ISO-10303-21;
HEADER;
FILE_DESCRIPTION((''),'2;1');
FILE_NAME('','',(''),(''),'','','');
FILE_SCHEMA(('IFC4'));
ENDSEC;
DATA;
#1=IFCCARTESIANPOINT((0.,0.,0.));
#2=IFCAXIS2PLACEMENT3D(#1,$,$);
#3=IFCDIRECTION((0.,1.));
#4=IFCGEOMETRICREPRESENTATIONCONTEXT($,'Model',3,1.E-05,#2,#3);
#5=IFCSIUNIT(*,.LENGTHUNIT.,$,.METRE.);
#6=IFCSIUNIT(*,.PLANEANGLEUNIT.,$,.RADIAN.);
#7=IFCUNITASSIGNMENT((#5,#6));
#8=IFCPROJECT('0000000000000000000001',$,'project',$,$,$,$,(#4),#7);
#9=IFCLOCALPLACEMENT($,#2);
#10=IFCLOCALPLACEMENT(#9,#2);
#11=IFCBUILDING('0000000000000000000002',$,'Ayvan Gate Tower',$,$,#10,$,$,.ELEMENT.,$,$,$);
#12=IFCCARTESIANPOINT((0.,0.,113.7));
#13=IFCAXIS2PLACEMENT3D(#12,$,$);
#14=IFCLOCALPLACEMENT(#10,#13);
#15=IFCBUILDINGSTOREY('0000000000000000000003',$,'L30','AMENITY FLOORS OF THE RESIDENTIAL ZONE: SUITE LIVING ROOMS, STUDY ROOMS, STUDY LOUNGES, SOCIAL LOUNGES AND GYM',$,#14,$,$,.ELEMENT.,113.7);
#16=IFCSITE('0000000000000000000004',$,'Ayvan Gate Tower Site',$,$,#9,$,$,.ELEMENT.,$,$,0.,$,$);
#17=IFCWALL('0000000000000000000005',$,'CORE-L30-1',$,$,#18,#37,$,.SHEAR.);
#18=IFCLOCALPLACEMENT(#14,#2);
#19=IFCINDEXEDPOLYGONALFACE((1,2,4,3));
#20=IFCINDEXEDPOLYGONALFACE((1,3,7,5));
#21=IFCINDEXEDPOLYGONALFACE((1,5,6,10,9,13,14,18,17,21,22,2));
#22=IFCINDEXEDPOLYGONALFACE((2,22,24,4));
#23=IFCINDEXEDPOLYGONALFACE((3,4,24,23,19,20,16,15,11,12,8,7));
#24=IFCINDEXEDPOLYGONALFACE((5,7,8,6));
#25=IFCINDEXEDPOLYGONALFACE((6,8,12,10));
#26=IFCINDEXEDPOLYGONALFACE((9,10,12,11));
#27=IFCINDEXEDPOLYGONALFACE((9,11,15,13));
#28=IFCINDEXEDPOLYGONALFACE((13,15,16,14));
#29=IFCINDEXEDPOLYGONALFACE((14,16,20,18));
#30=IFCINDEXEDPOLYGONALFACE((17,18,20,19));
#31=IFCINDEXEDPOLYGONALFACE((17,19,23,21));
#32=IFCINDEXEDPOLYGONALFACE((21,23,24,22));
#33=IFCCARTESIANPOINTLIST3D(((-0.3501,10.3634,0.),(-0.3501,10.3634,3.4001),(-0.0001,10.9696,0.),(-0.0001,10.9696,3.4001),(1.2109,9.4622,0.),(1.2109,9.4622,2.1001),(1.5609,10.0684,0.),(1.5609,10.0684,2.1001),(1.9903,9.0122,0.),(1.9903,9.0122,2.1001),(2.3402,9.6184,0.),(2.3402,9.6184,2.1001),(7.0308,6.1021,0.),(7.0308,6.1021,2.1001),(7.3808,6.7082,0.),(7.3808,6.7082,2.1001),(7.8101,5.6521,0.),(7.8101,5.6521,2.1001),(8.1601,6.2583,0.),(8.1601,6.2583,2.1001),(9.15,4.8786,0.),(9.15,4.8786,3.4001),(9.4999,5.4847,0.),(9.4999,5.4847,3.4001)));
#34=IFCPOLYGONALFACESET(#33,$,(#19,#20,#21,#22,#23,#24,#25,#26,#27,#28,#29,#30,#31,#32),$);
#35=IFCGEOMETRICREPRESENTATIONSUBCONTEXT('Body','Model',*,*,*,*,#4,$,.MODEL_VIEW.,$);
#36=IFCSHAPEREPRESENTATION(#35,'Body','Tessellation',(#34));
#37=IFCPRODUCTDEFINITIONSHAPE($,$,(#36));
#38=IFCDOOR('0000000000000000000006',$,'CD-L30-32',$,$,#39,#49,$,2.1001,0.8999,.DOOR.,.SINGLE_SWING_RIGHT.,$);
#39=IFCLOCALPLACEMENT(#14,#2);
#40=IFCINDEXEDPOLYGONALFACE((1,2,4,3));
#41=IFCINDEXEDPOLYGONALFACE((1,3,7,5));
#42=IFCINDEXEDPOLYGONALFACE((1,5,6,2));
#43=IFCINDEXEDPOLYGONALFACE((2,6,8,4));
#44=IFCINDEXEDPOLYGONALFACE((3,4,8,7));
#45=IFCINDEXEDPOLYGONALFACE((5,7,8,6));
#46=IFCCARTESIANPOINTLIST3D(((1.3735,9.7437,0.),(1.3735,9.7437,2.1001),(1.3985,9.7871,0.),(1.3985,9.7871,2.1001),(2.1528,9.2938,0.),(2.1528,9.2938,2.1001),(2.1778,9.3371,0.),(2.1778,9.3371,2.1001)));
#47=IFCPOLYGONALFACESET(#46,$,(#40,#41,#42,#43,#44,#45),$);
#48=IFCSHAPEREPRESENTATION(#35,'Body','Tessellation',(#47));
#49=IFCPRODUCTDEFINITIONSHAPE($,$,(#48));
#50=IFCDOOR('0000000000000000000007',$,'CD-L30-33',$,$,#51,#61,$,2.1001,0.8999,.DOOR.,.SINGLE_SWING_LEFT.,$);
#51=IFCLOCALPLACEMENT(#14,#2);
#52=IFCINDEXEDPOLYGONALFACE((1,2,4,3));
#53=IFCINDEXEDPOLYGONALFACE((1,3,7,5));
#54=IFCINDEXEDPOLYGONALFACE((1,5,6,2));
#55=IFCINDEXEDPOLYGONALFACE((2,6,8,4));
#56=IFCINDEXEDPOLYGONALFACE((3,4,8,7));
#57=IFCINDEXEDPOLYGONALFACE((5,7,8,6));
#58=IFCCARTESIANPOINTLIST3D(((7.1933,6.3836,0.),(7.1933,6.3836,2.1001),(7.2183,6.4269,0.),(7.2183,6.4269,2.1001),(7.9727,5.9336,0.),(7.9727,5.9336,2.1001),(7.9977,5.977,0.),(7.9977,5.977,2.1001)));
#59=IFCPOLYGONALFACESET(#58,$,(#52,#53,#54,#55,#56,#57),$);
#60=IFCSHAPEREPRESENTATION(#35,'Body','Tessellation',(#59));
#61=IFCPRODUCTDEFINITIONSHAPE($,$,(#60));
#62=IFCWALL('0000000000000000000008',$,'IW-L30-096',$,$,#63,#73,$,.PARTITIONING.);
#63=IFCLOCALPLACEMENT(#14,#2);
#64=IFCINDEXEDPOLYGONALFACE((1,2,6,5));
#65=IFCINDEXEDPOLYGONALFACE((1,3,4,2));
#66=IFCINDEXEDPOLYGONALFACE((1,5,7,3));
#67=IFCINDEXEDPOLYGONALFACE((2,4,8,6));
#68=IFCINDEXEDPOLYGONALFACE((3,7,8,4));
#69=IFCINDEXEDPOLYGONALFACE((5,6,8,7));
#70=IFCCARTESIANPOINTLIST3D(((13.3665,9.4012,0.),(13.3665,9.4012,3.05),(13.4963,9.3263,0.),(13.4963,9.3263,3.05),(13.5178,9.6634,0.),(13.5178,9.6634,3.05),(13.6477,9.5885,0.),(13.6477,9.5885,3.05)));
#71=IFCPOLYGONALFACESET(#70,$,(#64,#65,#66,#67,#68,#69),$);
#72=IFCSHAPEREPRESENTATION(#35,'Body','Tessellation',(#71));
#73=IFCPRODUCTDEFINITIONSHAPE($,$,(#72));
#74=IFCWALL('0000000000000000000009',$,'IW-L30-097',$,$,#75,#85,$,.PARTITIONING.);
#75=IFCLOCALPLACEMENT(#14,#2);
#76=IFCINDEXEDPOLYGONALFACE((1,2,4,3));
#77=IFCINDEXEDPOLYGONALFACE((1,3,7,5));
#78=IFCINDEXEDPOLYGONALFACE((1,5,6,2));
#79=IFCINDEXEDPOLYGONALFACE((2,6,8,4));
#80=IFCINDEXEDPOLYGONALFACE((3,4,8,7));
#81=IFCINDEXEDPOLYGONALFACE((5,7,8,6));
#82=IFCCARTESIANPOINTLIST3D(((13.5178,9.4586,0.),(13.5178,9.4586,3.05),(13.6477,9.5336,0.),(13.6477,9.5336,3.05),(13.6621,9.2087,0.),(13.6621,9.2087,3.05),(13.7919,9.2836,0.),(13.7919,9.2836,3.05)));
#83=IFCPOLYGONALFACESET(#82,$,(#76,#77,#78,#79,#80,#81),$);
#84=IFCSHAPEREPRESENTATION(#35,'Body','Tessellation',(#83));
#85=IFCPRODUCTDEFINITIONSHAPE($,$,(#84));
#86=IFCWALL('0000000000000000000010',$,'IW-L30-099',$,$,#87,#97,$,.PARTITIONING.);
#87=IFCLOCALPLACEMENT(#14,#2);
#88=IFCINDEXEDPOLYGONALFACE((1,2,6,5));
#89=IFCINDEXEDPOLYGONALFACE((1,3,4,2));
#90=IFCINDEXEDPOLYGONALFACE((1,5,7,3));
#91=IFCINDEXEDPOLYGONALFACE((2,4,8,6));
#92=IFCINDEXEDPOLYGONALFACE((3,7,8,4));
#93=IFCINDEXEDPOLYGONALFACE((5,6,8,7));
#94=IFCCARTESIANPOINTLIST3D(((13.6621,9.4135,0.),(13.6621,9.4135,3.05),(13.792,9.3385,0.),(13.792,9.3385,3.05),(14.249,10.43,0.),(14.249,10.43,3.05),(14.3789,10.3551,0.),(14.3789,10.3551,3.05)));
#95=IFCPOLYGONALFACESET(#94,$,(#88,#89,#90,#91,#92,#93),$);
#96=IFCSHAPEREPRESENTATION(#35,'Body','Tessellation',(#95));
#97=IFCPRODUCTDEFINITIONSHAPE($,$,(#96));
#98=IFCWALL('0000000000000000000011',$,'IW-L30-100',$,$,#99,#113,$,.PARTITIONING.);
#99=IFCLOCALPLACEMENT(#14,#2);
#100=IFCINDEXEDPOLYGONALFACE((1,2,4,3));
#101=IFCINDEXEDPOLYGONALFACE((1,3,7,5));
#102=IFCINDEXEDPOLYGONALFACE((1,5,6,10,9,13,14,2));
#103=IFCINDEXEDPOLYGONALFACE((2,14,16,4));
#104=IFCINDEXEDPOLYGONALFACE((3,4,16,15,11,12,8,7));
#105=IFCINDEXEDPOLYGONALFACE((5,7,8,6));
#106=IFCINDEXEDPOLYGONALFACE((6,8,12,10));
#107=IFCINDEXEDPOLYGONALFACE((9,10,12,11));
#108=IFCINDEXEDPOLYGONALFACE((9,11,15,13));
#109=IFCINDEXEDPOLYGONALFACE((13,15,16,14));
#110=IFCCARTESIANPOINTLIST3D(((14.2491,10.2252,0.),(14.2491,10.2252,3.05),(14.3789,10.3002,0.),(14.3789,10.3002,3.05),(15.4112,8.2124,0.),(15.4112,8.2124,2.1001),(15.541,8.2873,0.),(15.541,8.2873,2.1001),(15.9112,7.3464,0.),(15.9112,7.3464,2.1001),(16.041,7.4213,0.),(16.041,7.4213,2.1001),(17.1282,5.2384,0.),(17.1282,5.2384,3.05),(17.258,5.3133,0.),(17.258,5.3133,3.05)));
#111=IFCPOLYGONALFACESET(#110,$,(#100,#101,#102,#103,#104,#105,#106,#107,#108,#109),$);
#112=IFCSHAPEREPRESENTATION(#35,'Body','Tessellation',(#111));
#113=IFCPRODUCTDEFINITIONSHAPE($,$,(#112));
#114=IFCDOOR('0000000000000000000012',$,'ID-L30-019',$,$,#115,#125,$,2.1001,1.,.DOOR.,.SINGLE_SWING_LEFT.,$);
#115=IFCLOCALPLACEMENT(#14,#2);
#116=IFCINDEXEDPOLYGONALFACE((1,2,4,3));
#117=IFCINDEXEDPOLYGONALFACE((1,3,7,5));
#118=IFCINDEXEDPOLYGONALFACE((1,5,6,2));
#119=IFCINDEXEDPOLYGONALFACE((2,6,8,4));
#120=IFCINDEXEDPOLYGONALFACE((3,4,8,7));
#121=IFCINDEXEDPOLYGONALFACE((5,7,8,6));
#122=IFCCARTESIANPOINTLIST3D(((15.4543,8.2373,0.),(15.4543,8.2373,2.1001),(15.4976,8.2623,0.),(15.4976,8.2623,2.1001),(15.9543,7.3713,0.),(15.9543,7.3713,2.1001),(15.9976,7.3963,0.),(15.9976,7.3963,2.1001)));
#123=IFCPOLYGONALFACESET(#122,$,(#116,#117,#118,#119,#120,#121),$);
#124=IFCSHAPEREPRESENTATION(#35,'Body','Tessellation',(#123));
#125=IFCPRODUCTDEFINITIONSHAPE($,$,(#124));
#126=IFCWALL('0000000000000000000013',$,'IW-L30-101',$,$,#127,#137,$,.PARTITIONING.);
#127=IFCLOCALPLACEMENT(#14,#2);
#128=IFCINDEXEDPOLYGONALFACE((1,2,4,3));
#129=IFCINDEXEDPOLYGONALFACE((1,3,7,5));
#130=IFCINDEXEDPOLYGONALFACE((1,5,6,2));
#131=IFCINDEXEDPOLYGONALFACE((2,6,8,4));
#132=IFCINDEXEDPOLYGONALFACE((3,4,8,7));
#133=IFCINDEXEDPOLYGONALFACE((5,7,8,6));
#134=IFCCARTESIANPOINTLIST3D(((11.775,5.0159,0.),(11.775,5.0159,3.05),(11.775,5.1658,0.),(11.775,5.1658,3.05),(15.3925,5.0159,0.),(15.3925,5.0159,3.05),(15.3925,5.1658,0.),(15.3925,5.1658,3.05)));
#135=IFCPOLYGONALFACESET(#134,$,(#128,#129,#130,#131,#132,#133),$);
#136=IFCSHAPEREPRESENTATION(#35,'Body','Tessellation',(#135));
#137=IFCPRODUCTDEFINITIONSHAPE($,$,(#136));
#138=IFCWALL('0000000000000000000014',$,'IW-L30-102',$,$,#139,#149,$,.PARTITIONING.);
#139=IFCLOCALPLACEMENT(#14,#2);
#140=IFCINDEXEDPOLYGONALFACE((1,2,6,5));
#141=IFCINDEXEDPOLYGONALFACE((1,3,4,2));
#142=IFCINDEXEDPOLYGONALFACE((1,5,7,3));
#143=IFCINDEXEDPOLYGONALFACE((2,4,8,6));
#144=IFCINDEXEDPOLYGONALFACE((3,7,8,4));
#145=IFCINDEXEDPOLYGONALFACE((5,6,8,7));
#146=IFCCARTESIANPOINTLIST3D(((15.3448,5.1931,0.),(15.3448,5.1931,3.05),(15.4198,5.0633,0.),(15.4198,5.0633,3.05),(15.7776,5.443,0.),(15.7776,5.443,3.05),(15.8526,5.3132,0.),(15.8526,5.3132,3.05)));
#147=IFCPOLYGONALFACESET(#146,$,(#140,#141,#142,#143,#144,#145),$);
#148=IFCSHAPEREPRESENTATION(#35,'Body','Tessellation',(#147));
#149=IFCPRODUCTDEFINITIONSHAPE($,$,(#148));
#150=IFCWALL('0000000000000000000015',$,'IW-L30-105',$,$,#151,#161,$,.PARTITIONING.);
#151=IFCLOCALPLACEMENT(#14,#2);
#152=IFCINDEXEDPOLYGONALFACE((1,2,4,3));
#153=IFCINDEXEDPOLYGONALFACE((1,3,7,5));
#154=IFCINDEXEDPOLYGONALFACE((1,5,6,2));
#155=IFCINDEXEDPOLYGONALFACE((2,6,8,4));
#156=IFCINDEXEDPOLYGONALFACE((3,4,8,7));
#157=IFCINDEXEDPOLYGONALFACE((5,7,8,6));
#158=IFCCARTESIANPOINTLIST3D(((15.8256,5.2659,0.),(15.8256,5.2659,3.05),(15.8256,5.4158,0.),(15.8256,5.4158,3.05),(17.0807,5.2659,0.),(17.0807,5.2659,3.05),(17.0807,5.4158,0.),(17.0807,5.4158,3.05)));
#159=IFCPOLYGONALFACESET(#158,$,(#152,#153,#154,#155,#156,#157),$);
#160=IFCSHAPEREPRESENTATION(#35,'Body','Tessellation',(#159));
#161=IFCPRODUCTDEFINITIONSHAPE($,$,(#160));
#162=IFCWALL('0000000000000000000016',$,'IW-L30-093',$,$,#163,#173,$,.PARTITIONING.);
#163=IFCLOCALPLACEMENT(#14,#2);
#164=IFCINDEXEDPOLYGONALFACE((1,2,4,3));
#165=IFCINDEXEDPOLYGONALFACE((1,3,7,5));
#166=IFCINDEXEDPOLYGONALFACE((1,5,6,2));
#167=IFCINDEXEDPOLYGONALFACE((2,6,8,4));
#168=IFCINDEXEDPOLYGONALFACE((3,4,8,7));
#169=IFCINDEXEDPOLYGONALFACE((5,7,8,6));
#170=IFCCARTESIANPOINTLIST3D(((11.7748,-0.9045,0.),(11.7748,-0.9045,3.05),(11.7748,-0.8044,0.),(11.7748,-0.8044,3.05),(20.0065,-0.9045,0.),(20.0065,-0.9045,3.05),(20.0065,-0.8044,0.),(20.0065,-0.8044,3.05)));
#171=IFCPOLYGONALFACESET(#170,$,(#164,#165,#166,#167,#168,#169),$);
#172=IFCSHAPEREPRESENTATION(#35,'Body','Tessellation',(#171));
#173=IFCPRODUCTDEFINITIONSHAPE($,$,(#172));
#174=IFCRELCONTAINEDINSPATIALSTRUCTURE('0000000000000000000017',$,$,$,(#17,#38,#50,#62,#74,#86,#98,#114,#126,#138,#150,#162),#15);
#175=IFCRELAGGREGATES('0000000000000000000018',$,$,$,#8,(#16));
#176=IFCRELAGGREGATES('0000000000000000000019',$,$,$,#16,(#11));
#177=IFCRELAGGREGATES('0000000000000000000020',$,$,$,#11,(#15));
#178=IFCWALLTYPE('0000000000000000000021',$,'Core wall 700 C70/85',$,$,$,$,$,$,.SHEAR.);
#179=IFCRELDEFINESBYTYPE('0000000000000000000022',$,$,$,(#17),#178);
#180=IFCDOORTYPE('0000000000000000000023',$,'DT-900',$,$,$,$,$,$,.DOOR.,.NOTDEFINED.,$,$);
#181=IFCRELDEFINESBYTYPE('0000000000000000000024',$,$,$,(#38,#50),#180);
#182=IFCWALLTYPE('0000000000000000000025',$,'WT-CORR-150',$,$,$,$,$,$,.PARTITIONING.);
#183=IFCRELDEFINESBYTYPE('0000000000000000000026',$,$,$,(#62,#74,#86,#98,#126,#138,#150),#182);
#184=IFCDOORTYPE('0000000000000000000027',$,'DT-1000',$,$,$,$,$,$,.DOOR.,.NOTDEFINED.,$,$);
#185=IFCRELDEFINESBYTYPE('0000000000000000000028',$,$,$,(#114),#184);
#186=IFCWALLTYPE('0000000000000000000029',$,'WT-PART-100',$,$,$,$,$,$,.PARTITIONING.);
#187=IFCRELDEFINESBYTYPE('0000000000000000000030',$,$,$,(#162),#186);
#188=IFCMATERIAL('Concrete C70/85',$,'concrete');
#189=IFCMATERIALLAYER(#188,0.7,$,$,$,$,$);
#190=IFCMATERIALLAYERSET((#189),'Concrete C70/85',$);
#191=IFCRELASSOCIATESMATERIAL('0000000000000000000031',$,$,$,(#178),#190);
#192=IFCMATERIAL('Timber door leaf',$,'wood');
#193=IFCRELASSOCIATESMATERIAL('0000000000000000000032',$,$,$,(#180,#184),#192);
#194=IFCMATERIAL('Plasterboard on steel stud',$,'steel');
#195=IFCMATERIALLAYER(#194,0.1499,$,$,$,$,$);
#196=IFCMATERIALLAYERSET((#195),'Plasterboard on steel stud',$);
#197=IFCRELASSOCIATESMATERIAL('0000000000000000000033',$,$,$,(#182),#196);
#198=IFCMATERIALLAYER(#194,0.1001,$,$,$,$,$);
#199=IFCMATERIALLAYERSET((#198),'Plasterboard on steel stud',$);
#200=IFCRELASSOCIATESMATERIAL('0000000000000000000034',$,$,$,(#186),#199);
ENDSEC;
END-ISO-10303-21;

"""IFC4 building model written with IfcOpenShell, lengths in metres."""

from ifc_helpers import new_model, si_unit, direction, frame, frame_2d, origin, place, context, subcontext, project, spatial, rectangle, extrude, material, layer, layer_set, type_object, element, fill, save


model = new_model("IFC4")

# Units and contexts
model_context = context("Model", 3, precision=1e-05, world=origin(), true_north=direction((0.0, 1.0)))
body_context = subcontext(model_context, "Body", "Model", "MODEL_VIEW")
ifc_project = project(units=[si_unit("LENGTHUNIT", "METRE"), si_unit("PLANEANGLEUNIT", "RADIAN")], contexts=[model_context])

# Site, building, storey
site_placement = place(None, origin())
site = spatial("IfcSite", under=ifc_project, at=site_placement, Name="Ayvan Gate Tower Site", CompositionType="ELEMENT", RefElevation=0.0)
building_placement = place(site_placement, origin())
building = spatial("IfcBuilding", under=site, at=building_placement, Name="Ayvan Gate Tower", CompositionType="ELEMENT")
storey_placement = place(building_placement, frame((0.0, 0.0, 113.7)))
storey = spatial("IfcBuildingStorey", under=building, at=storey_placement, Name="L30", Description="AMENITY FLOORS OF THE RESIDENTIAL ZONE: SUITE LIVING ROOMS, STUDY ROOMS, STUDY LOUNGES, SOCIAL LOUNGES AND GYM", CompositionType="ELEMENT", Elevation=113.7)

# Wall, openings, doors
ifc_material_1 = material(Name="Concrete C70/85", Category="concrete")
ifc_layer_1 = layer(ifc_material_1, 0.7)
ifc_layer_set_1 = layer_set([ifc_layer_1], Name="Concrete C70/85")
wall_type_1 = type_object("IfcWallType", Name="Core wall 700 C70/85", PredefinedType="SHEAR", material=ifc_layer_set_1)
wall_1_placement = place(storey_placement, frame((9.325, 5.1816, 0.0), z_axis=(0.0, 0.0, 1.0), x_axis=(-0.866024, 0.500002, 0.0)))
wall_1 = element("IfcWall", 1, at=wall_1_placement, inside=storey, type_object=wall_type_1, Name="CORE-L30-1", PredefinedType="SHEAR", context=body_context, shape_type="SweptSolid", body=[
    extrude(rectangle(XDim=10.9697, YDim=0.7, at=frame_2d((5.4849, 0.0))), origin(), (0.0, 0.0, 1.0), 3.4001),
])
opening_1_placement = place(wall_1_placement, frame((8.2673, 0.0, 0.0)))
opening_1 = element("IfcOpeningElement", 2, at=opening_1_placement, cuts=wall_1, PredefinedType="OPENING", context=body_context, shape_type="SweptSolid", body=[
    extrude(rectangle(XDim=0.8999, YDim=2.1001, at=frame_2d((0.45, 1.05))), frame((0.0, 0.3599, 0.0), z_axis=(0.0, -1.0, 0.0), x_axis=(1.0, 0.0, 0.0)), (0.0, 0.0, 1.0), 0.72),
])
opening_2_placement = place(wall_1_placement, frame((1.5471, 0.0, 0.0)))
opening_2 = element("IfcOpeningElement", 3, at=opening_2_placement, cuts=wall_1, PredefinedType="OPENING", context=body_context, shape_type="SweptSolid", body=[
    extrude(rectangle(XDim=0.8999, YDim=2.1001, at=frame_2d((0.45, 1.05))), frame((0.0, 0.3599, 0.0), z_axis=(0.0, -1.0, 0.0), x_axis=(1.0, 0.0, 0.0)), (0.0, 0.0, 1.0), 0.72),
])
ifc_material_2 = material(Name="Timber door leaf", Category="wood")
door_type_1 = type_object("IfcDoorType", Name="DT-900", OperationType="NOTDEFINED", PredefinedType="DOOR", material=ifc_material_2)
door_1_placement = place(opening_1_placement, origin())
door_1 = element("IfcDoor", 4, at=door_1_placement, inside=storey, type_object=door_type_1, Name="CD-L30-32", OperationType="SINGLE_SWING_RIGHT", OverallHeight=2.1001, OverallWidth=0.8999, PredefinedType="DOOR", context=body_context, shape_type="SweptSolid", body=[
    extrude(rectangle(XDim=0.8999, YDim=2.1001, at=frame_2d((0.45, 1.05))), frame((0.0, 0.0249, 0.0), z_axis=(0.0, -1.0, 0.0), x_axis=(1.0, 0.0, 0.0)), (0.0, 0.0, 1.0), 0.05),
])
fill(opening_1, door_1)
door_2_placement = place(opening_2_placement, origin())
door_2 = element("IfcDoor", 5, at=door_2_placement, inside=storey, type_object=door_type_1, Name="CD-L30-33", OperationType="SINGLE_SWING_LEFT", OverallHeight=2.1001, OverallWidth=0.8999, PredefinedType="DOOR", context=body_context, shape_type="SweptSolid", body=[
    extrude(rectangle(XDim=0.8999, YDim=2.1001, at=frame_2d((0.45, 1.05))), frame((0.0, 0.0249, 0.0), z_axis=(0.0, -1.0, 0.0), x_axis=(1.0, 0.0, 0.0)), (0.0, 0.0, 1.0), 0.05),
])
fill(opening_2, door_2)

# Walls
ifc_material_3 = material(Name="Plasterboard on steel stud", Category="steel")
ifc_layer_2 = layer(ifc_material_3, 0.1499)
ifc_layer_set_2 = layer_set([ifc_layer_2], Name="Plasterboard on steel stud")
wall_type_2 = type_object("IfcWallType", Name="WT-CORR-150", PredefinedType="PARTITIONING", material=ifc_layer_set_2)
wall_2_placement = place(storey_placement, frame((13.4314, 9.3638, 0.0), z_axis=(0.0, 0.0, 1.0), x_axis=(0.499955, 0.866051, 0.0)))
element("IfcWall", 6, at=wall_2_placement, inside=storey, type_object=wall_type_2, Name="IW-L30-096", PredefinedType="PARTITIONING", context=body_context, shape_type="SweptSolid", body=[
    extrude(rectangle(XDim=0.3027, YDim=0.1499, at=frame_2d((0.1514, 0.0))), origin(), (0.0, 0.0, 1.0), 3.05),
])
wall_3_placement = place(storey_placement, frame((13.5828, 9.4961, 0.0), z_axis=(0.0, 0.0, 1.0), x_axis=(0.499869, -0.866101, 0.0)))
element("IfcWall", 7, at=wall_3_placement, inside=storey, type_object=wall_type_2, Name="IW-L30-097", PredefinedType="PARTITIONING", context=body_context, shape_type="SweptSolid", body=[
    extrude(rectangle(XDim=0.2886, YDim=0.1499, at=frame_2d((0.1443, 0.0))), origin(), (0.0, 0.0, 1.0), 3.05),
])
wall_4_placement = place(storey_placement, frame((13.7271, 9.376, 0.0), z_axis=(0.0, 0.0, 1.0), x_axis=(0.499987, 0.866033, 0.0)))
element("IfcWall", 8, at=wall_4_placement, inside=storey, type_object=wall_type_2, Name="IW-L30-099", PredefinedType="PARTITIONING", context=body_context, shape_type="SweptSolid", body=[
    extrude(rectangle(XDim=1.1738, YDim=0.1499, at=frame_2d((0.5869, 0.0))), origin(), (0.0, 0.0, 1.0), 3.05),
])

# Wall, opening, door
wall_5_placement = place(storey_placement, frame((14.314, 10.2627, 0.0), z_axis=(0.0, 0.0, 1.0), x_axis=(0.500001, -0.866025, 0.0)))
wall_5 = element("IfcWall", 9, at=wall_5_placement, inside=storey, type_object=wall_type_2, Name="IW-L30-100", PredefinedType="PARTITIONING", context=body_context, shape_type="SweptSolid", body=[
    extrude(rectangle(XDim=5.7583, YDim=0.1499, at=frame_2d((2.8792, 0.0))), origin(), (0.0, 0.0, 1.0), 3.05),
])
opening_3_placement = place(wall_5_placement, frame((2.3242, 0.0, 0.0)))
opening_3 = element("IfcOpeningElement", 10, at=opening_3_placement, cuts=wall_5, PredefinedType="OPENING", context=body_context, shape_type="SweptSolid", body=[
    extrude(rectangle(XDim=1.0, YDim=2.1001, at=frame_2d((0.5, 1.05))), frame((0.0, 0.085, 0.0), z_axis=(0.0, -1.0, 0.0), x_axis=(1.0, 0.0, 0.0)), (0.0, 0.0, 1.0), 0.1699),
])
door_type_2 = type_object("IfcDoorType", Name="DT-1000", OperationType="NOTDEFINED", PredefinedType="DOOR", material=ifc_material_2)
door_3_placement = place(opening_3_placement, origin())
door_3 = element("IfcDoor", 11, at=door_3_placement, inside=storey, type_object=door_type_2, Name="ID-L30-019", OperationType="SINGLE_SWING_LEFT", OverallHeight=2.1001, OverallWidth=1.0, PredefinedType="DOOR", context=body_context, shape_type="SweptSolid", body=[
    extrude(rectangle(XDim=1.0, YDim=2.1001, at=frame_2d((0.5, 1.05))), frame((0.0, 0.0249, 0.0), z_axis=(0.0, -1.0, 0.0), x_axis=(1.0, 0.0, 0.0)), (0.0, 0.0, 1.0), 0.05),
])
fill(opening_3, door_3)

# Walls
wall_6_placement = place(storey_placement, frame((15.3923, 5.0908, 0.0), z_axis=(0.0, 0.0, 1.0), x_axis=(-1.0, 0.0, 0.0)))
element("IfcWall", 12, at=wall_6_placement, inside=storey, type_object=wall_type_2, Name="IW-L30-101", PredefinedType="PARTITIONING", context=body_context, shape_type="SweptSolid", body=[
    extrude(rectangle(XDim=3.6174, YDim=0.1499, at=frame_2d((1.8086, 0.0))), origin(), (0.0, 0.0, 1.0), 3.05),
])
wall_7_placement = place(storey_placement, frame((15.8152, 5.3782, 0.0), z_axis=(0.0, 0.0, 1.0), x_axis=(-0.86595, -0.500131, 0.0)))
element("IfcWall", 13, at=wall_7_placement, inside=storey, type_object=wall_type_2, Name="IW-L30-102", PredefinedType="PARTITIONING", context=body_context, shape_type="SweptSolid", body=[
    extrude(rectangle(XDim=0.4998, YDim=0.1499, at=frame_2d((0.25, 0.0))), origin(), (0.0, 0.0, 1.0), 3.05),
])
wall_8_placement = place(storey_placement, frame((17.0806, 5.3408, 0.0), z_axis=(0.0, 0.0, 1.0), x_axis=(-1.0, 0.0, 0.0)))
element("IfcWall", 14, at=wall_8_placement, inside=storey, type_object=wall_type_2, Name="IW-L30-105", PredefinedType="PARTITIONING", context=body_context, shape_type="SweptSolid", body=[
    extrude(rectangle(XDim=1.2551, YDim=0.1499, at=frame_2d((0.6274, 0.0))), origin(), (0.0, 0.0, 1.0), 3.05),
])
ifc_layer_3 = layer(ifc_material_3, 0.1001)
ifc_layer_set_3 = layer_set([ifc_layer_3], Name="Plasterboard on steel stud")
wall_type_3 = type_object("IfcWallType", Name="WT-PART-100", PredefinedType="PARTITIONING", material=ifc_layer_set_3)
wall_9_placement = place(storey_placement, frame((11.7749, -0.8545, 0.0), z_axis=(0.0, 0.0, 1.0), x_axis=(1.0, 0.0, 0.0)))
element("IfcWall", 15, at=wall_9_placement, inside=storey, type_object=wall_type_3, Name="IW-L30-093", PredefinedType="PARTITIONING", context=body_context, shape_type="SweptSolid", body=[
    extrude(rectangle(XDim=8.2317, YDim=0.1001, at=frame_2d((4.1157, 0.0))), origin(), (0.0, 0.0, 1.0), 3.05),
])

save(model, "model.ifc")
